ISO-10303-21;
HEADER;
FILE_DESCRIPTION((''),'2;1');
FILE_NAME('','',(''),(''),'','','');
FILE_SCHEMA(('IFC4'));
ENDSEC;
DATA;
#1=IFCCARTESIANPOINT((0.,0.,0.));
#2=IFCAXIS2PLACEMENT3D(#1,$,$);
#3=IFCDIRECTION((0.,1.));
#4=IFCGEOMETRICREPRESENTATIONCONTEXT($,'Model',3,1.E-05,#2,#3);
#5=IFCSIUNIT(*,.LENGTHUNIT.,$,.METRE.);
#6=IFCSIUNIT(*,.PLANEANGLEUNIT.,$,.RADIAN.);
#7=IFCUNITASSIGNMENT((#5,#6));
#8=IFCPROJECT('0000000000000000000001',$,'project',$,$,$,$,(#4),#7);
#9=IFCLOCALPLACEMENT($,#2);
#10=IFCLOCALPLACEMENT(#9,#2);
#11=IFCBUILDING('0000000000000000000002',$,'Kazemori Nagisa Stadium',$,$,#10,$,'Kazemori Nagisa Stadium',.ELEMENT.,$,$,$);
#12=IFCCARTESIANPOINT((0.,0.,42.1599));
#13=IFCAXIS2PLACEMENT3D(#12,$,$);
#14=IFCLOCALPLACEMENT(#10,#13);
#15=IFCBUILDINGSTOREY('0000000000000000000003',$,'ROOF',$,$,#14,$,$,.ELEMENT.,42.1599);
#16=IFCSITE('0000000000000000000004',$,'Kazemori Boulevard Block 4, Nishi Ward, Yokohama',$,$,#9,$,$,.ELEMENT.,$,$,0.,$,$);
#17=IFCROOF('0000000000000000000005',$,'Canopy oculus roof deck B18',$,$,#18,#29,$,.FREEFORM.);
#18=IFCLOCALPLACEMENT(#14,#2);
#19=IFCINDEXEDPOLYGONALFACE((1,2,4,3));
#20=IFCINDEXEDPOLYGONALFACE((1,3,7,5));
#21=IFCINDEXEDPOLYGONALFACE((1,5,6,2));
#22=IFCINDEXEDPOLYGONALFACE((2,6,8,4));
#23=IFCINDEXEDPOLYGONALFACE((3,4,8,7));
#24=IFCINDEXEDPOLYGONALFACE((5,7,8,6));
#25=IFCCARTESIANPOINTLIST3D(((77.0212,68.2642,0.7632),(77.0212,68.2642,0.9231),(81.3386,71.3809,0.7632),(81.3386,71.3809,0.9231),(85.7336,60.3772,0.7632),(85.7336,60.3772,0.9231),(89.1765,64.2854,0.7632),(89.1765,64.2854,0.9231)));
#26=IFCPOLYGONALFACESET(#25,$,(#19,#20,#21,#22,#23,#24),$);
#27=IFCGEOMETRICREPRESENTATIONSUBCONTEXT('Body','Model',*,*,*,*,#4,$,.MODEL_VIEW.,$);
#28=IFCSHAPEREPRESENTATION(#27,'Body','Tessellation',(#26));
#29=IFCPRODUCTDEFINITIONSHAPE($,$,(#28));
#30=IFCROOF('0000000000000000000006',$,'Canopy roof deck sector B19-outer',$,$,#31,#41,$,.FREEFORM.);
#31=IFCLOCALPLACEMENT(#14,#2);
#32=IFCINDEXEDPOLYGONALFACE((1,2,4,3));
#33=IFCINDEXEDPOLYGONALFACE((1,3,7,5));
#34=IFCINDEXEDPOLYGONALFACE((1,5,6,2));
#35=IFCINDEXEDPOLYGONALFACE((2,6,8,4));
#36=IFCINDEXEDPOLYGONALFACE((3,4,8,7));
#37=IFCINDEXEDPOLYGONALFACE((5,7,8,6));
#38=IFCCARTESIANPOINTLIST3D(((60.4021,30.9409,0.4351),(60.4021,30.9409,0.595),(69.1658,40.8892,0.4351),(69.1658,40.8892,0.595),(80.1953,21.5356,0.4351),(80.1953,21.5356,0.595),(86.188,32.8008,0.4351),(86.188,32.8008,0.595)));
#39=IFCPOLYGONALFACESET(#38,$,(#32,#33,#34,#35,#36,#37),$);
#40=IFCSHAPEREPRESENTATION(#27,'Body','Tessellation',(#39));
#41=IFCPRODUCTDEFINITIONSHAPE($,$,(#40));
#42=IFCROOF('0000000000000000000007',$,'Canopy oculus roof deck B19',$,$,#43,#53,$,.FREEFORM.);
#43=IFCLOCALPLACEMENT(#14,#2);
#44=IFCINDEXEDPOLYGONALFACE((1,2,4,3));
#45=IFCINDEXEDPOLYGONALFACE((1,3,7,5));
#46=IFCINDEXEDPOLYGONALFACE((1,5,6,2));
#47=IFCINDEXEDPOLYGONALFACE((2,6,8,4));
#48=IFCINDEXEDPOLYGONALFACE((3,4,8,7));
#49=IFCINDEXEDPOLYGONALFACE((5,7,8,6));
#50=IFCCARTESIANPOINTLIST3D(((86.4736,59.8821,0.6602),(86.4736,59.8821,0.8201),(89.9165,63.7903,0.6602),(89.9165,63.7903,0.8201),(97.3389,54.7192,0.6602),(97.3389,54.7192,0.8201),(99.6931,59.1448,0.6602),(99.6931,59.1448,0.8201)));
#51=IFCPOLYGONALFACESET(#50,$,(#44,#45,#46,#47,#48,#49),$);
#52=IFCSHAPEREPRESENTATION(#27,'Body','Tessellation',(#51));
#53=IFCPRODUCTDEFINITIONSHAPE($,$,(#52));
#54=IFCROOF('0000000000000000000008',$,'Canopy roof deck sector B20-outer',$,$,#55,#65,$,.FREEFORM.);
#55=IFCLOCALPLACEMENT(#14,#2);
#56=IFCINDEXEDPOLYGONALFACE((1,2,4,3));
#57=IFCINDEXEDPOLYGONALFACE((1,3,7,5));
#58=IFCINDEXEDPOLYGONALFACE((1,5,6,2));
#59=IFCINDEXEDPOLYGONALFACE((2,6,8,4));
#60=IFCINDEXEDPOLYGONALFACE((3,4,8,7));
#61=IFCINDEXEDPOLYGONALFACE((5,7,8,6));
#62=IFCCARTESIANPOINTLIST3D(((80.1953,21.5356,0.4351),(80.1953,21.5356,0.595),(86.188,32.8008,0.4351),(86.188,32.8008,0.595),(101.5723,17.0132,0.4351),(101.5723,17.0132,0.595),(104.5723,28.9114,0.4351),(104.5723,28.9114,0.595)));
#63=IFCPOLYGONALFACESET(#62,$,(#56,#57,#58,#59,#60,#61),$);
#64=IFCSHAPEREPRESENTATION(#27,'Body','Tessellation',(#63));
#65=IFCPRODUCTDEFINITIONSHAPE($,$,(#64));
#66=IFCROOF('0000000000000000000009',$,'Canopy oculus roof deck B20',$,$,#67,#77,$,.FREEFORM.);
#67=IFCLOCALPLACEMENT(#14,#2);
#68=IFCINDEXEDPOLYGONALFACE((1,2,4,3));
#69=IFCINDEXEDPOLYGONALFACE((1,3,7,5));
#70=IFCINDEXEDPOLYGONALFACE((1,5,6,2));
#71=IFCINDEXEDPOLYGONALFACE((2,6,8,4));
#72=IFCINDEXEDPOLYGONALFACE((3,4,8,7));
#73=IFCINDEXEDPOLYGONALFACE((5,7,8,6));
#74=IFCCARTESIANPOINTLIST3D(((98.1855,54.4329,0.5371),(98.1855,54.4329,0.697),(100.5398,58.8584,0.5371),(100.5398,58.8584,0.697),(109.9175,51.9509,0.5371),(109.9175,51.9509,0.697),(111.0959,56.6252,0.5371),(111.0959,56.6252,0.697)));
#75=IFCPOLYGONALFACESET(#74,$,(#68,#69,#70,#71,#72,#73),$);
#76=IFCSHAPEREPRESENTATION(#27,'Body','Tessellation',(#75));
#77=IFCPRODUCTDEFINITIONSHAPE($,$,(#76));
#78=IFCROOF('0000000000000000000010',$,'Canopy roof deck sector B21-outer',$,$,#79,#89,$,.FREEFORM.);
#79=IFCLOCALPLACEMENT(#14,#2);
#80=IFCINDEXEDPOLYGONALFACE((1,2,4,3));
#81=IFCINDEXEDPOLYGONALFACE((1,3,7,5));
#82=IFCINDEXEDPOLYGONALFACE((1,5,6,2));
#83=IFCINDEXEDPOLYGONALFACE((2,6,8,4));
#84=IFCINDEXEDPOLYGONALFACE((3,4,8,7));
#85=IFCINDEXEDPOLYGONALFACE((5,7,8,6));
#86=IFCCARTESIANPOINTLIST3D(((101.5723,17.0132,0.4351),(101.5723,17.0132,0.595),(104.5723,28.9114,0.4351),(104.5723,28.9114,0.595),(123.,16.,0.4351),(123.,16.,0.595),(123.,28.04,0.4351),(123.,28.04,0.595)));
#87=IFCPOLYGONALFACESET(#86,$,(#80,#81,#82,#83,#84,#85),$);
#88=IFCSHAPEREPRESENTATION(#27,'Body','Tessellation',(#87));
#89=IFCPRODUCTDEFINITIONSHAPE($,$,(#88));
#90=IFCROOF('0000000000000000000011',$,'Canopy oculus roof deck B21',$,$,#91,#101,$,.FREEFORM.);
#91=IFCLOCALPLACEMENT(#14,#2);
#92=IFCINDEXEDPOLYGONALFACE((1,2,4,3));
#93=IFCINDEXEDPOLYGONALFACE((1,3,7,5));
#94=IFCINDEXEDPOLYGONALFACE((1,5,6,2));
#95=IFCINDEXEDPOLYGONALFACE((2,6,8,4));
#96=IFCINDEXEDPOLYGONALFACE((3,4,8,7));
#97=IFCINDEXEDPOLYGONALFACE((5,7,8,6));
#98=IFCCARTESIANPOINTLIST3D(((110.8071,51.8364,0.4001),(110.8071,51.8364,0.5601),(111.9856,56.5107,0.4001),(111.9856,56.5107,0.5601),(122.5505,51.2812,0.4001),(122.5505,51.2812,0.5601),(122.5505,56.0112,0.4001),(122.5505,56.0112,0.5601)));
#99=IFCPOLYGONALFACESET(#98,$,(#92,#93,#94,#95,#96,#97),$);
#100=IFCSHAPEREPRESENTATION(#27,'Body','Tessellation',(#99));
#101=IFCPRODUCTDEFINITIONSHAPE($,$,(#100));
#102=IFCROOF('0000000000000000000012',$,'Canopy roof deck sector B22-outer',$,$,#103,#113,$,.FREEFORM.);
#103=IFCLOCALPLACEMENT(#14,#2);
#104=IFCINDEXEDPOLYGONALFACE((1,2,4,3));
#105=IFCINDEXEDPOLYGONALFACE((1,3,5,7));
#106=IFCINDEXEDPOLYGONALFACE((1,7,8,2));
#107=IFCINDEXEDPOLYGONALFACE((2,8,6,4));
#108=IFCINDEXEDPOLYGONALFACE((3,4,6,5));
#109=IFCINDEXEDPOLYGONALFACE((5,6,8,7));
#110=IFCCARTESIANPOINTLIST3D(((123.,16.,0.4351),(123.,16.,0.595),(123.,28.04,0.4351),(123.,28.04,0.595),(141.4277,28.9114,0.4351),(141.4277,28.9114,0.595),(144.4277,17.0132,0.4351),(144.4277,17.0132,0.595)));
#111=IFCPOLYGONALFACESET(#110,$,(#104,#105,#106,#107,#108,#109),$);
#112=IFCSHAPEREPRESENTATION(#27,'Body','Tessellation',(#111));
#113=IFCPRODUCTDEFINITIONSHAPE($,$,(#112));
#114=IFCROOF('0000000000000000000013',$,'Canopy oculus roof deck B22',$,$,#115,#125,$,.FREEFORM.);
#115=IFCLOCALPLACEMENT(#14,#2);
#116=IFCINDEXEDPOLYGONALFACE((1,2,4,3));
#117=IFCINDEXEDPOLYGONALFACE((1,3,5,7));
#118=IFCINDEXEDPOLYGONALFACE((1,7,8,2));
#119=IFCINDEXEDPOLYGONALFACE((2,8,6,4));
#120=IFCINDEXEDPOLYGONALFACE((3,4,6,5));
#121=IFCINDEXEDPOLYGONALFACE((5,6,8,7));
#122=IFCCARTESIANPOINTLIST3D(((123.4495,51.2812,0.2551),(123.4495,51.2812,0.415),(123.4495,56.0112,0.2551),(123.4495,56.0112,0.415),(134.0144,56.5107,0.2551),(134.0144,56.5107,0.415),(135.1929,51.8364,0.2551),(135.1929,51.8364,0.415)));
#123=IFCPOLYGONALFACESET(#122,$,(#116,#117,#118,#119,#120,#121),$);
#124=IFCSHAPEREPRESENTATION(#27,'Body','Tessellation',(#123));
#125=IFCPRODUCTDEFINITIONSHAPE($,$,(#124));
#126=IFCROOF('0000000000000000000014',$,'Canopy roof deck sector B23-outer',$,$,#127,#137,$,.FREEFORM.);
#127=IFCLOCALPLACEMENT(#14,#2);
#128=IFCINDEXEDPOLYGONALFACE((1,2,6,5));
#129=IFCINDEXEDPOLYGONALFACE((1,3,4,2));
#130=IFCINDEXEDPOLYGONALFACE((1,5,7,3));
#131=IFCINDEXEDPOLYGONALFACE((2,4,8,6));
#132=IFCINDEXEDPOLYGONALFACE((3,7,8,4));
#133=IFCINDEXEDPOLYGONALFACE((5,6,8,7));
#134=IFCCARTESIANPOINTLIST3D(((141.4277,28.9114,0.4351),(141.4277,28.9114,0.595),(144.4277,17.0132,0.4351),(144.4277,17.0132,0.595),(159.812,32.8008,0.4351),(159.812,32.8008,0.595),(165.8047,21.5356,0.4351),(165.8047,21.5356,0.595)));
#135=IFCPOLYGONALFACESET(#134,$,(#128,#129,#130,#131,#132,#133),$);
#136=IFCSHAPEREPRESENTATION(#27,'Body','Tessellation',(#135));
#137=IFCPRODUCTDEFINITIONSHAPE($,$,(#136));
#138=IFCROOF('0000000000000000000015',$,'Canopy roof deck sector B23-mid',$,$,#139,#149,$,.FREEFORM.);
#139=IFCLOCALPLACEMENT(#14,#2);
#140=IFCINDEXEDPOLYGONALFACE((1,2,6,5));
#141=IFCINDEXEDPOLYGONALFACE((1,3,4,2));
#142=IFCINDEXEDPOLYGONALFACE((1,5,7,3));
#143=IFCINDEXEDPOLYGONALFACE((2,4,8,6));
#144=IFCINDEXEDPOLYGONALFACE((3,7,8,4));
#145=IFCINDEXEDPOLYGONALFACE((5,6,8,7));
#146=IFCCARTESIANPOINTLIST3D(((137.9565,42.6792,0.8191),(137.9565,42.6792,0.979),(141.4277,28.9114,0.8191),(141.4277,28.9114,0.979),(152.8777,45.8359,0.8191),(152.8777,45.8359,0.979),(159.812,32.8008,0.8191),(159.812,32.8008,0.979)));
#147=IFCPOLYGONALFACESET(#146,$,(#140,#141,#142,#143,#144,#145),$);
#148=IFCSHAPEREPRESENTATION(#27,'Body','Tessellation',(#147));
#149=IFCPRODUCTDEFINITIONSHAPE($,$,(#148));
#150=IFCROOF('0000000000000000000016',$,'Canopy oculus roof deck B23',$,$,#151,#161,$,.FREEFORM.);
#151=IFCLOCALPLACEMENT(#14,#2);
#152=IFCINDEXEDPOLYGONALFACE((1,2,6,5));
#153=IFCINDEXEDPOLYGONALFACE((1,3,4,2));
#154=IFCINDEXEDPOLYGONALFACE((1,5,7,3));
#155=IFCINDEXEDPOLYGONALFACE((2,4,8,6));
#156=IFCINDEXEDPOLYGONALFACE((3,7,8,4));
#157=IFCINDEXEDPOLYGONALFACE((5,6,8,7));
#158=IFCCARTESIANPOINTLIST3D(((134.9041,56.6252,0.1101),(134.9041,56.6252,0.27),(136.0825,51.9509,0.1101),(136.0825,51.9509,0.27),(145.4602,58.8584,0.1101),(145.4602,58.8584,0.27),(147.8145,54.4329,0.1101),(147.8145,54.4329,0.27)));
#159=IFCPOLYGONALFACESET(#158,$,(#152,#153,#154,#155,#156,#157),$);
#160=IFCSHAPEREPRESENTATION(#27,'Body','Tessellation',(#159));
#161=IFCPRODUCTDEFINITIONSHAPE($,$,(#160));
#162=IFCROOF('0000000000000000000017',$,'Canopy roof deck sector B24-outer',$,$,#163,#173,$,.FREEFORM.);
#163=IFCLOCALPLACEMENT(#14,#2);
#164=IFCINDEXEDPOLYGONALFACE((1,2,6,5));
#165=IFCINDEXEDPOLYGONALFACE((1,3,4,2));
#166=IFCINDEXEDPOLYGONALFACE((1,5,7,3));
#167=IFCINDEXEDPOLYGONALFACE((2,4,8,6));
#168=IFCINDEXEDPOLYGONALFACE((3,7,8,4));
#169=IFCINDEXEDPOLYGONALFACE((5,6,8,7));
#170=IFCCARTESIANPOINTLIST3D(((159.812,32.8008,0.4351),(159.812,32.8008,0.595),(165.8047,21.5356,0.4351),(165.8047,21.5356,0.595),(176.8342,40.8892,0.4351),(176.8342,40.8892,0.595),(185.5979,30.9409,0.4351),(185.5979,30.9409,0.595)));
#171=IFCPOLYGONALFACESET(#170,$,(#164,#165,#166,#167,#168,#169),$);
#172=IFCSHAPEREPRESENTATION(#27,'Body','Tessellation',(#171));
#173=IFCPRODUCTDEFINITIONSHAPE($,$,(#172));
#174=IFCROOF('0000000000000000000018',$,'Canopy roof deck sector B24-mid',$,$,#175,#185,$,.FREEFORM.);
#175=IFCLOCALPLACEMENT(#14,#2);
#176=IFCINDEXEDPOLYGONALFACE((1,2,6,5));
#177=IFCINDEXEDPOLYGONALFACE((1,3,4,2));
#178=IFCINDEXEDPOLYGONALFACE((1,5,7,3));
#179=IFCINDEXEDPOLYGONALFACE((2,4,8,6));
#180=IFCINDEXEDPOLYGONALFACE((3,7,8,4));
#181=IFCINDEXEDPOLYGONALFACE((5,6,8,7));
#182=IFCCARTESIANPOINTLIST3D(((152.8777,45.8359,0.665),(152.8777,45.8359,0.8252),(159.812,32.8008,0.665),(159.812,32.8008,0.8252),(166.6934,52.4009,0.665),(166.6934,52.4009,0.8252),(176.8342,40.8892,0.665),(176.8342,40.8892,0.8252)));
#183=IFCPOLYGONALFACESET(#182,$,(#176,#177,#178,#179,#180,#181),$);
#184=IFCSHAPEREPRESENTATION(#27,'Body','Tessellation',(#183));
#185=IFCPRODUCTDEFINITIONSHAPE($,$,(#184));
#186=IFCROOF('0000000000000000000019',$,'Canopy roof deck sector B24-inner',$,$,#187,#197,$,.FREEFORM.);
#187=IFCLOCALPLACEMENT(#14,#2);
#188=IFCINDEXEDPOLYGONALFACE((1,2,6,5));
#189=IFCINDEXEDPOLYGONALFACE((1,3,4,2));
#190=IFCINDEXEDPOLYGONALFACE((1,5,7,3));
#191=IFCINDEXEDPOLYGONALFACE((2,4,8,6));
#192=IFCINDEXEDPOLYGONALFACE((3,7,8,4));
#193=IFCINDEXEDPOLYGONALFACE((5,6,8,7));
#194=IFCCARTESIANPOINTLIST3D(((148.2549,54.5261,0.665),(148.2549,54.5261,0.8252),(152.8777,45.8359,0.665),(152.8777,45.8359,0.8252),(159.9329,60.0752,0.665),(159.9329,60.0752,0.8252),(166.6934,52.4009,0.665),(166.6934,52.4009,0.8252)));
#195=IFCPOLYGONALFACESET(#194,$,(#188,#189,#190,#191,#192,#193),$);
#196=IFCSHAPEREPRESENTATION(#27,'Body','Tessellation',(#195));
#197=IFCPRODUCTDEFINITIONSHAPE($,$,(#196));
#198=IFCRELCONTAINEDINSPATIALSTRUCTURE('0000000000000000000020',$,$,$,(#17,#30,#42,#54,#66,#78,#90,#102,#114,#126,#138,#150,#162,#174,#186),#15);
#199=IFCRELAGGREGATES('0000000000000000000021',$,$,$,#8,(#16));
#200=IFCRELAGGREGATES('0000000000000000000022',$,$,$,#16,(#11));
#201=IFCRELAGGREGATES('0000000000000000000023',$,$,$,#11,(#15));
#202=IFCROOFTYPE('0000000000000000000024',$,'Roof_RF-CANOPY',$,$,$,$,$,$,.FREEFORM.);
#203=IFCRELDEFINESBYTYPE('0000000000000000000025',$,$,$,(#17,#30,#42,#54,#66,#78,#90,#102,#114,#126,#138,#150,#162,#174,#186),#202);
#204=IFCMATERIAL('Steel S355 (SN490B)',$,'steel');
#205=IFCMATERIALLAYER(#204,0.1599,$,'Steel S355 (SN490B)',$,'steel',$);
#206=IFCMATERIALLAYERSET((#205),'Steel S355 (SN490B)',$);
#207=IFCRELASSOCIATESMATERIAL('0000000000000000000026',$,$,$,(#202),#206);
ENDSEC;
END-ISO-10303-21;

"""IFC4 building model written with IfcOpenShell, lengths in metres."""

from ifc_helpers import new_model, si_unit, direction, frame, origin, place, context, subcontext, project, spatial, polyline, outline, extrude, material, layer, layer_set, type_object, element, save


model = new_model("IFC4")

# Units and contexts
model_context = context("Model", 3, precision=1e-05, world=origin(), true_north=direction((0.0, 1.0)))
body_context = subcontext(model_context, "Body", "Model", "MODEL_VIEW")
ifc_project = project(units=[si_unit("LENGTHUNIT", "METRE"), si_unit("PLANEANGLEUNIT", "RADIAN")], contexts=[model_context])

# Site, building, storey
site_placement = place(None, origin())
site = spatial("IfcSite", under=ifc_project, at=site_placement, Name="Kazemori Boulevard Block 4, Nishi Ward, Yokohama", CompositionType="ELEMENT", RefElevation=0.0)
building_placement = place(site_placement, origin())
building = spatial("IfcBuilding", under=site, at=building_placement, Name="Kazemori Nagisa Stadium", LongName="Kazemori Nagisa Stadium", CompositionType="ELEMENT")
storey_placement = place(building_placement, frame((0.0, 0.0, 42.1599)))
storey = spatial("IfcBuildingStorey", under=building, at=storey_placement, Name="ROOF", CompositionType="ELEMENT", Elevation=42.1599)

# Roofs
ifc_material_1 = material(Name="Steel S355 (SN490B)", Category="steel")
ifc_layer_1 = layer(ifc_material_1, 0.1599, Name="Steel S355 (SN490B)", Category="steel")
ifc_layer_set_1 = layer_set([ifc_layer_1], Name="Steel S355 (SN490B)")
roof_type = type_object("IfcRoofType", Name="Roof_RF-CANOPY", PredefinedType="FREEFORM", material=ifc_layer_set_1)
roof_1_placement = place(storey_placement, frame((0.0, 0.0, 0.7632)))
element("IfcRoof", 1, at=roof_1_placement, inside=storey, type_object=roof_type, Name="Canopy oculus roof deck B18", PredefinedType="FREEFORM", context=body_context, shape_type="SweptSolid", body=[
    extrude(outline(polyline([(81.3386, 71.3809), (89.1765, 64.2854), (85.7336, 60.3772), (77.0212, 68.2642), (81.3386, 71.3809)])), origin(), (0.0, 0.0, 1.0), 0.1599),
])
roof_2_placement = place(storey_placement, frame((0.0, 0.0, 0.4351)))
element("IfcRoof", 2, at=roof_2_placement, inside=storey, type_object=roof_type, Name="Canopy roof deck sector B19-outer", PredefinedType="FREEFORM", context=body_context, shape_type="SweptSolid", body=[
    extrude(outline(polyline([(60.4021, 30.9409), (80.1953, 21.5356), (86.188, 32.8008), (69.1658, 40.8892), (60.4021, 30.9409)])), origin(), (0.0, 0.0, 1.0), 0.1599),
])
roof_3_placement = place(storey_placement, frame((0.0, 0.0, 0.6602)))
element("IfcRoof", 3, at=roof_3_placement, inside=storey, type_object=roof_type, Name="Canopy oculus roof deck B19", PredefinedType="FREEFORM", context=body_context, shape_type="SweptSolid", body=[
    extrude(outline(polyline([(89.9165, 63.7903), (99.6931, 59.1448), (97.3389, 54.7192), (86.4736, 59.8821), (89.9165, 63.7903)])), origin(), (0.0, 0.0, 1.0), 0.1599),
])
roof_4_placement = place(storey_placement, frame((0.0, 0.0, 0.4351)))
element("IfcRoof", 4, at=roof_4_placement, inside=storey, type_object=roof_type, Name="Canopy roof deck sector B20-outer", PredefinedType="FREEFORM", context=body_context, shape_type="SweptSolid", body=[
    extrude(outline(polyline([(80.1953, 21.5356), (101.5723, 17.0132), (104.5723, 28.9114), (86.188, 32.8008), (80.1953, 21.5356)])), origin(), (0.0, 0.0, 1.0), 0.1599),
])
roof_5_placement = place(storey_placement, frame((0.0, 0.0, 0.5371)))
element("IfcRoof", 5, at=roof_5_placement, inside=storey, type_object=roof_type, Name="Canopy oculus roof deck B20", PredefinedType="FREEFORM", context=body_context, shape_type="SweptSolid", body=[
    extrude(outline(polyline([(100.5398, 58.8584), (111.0959, 56.6252), (109.9175, 51.9509), (98.1855, 54.4329), (100.5398, 58.8584)])), origin(), (0.0, 0.0, 1.0), 0.1599),
])
roof_6_placement = place(storey_placement, frame((0.0, 0.0, 0.4351)))
element("IfcRoof", 6, at=roof_6_placement, inside=storey, type_object=roof_type, Name="Canopy roof deck sector B21-outer", PredefinedType="FREEFORM", context=body_context, shape_type="SweptSolid", body=[
    extrude(outline(polyline([(101.5723, 17.0132), (123.0, 16.0), (123.0, 28.04), (104.5723, 28.9114), (101.5723, 17.0132)])), origin(), (0.0, 0.0, 1.0), 0.1599),
])
roof_7_placement = place(storey_placement, frame((0.0, 0.0, 0.4001)))
element("IfcRoof", 7, at=roof_7_placement, inside=storey, type_object=roof_type, Name="Canopy oculus roof deck B21", PredefinedType="FREEFORM", context=body_context, shape_type="SweptSolid", body=[
    extrude(outline(polyline([(111.9856, 56.5107), (122.5505, 56.0112), (122.5505, 51.2812), (110.8071, 51.8364), (111.9856, 56.5107)])), origin(), (0.0, 0.0, 1.0), 0.1599),
])
roof_8_placement = place(storey_placement, frame((0.0, 0.0, 0.4351)))
element("IfcRoof", 8, at=roof_8_placement, inside=storey, type_object=roof_type, Name="Canopy roof deck sector B22-outer", PredefinedType="FREEFORM", context=body_context, shape_type="SweptSolid", body=[
    extrude(outline(polyline([(123.0, 16.0), (144.4277, 17.0132), (141.4277, 28.9114), (123.0, 28.04), (123.0, 16.0)])), origin(), (0.0, 0.0, 1.0), 0.1599),
])
roof_9_placement = place(storey_placement, frame((0.0, 0.0, 0.2551)))
element("IfcRoof", 9, at=roof_9_placement, inside=storey, type_object=roof_type, Name="Canopy oculus roof deck B22", PredefinedType="FREEFORM", context=body_context, shape_type="SweptSolid", body=[
    extrude(outline(polyline([(123.4495, 56.0112), (134.0144, 56.5107), (135.1929, 51.8364), (123.4495, 51.2812), (123.4495, 56.0112)])), origin(), (0.0, 0.0, 1.0), 0.1599),
])
roof_10_placement = place(storey_placement, frame((0.0, 0.0, 0.4351)))
element("IfcRoof", 10, at=roof_10_placement, inside=storey, type_object=roof_type, Name="Canopy roof deck sector B23-outer", PredefinedType="FREEFORM", context=body_context, shape_type="SweptSolid", body=[
    extrude(outline(polyline([(144.4277, 17.0132), (165.8047, 21.5356), (159.812, 32.8008), (141.4277, 28.9114), (144.4277, 17.0132)])), origin(), (0.0, 0.0, 1.0), 0.1599),
])
roof_11_placement = place(storey_placement, frame((0.0, 0.0, 0.8191)))
element("IfcRoof", 11, at=roof_11_placement, inside=storey, type_object=roof_type, Name="Canopy roof deck sector B23-mid", PredefinedType="FREEFORM", context=body_context, shape_type="SweptSolid", body=[
    extrude(outline(polyline([(141.4277, 28.9114), (159.812, 32.8008), (152.8777, 45.8359), (137.9565, 42.6792), (141.4277, 28.9114)])), origin(), (0.0, 0.0, 1.0), 0.1599),
])
roof_12_placement = place(storey_placement, frame((0.0, 0.0, 0.1101)))
element("IfcRoof", 12, at=roof_12_placement, inside=storey, type_object=roof_type, Name="Canopy oculus roof deck B23", PredefinedType="FREEFORM", context=body_context, shape_type="SweptSolid", body=[
    extrude(outline(polyline([(134.9041, 56.6252), (145.4602, 58.8584), (147.8145, 54.4329), (136.0825, 51.9509), (134.9041, 56.6252)])), origin(), (0.0, 0.0, 1.0), 0.1599),
])
roof_13_placement = place(storey_placement, frame((0.0, 0.0, 0.4351)))
element("IfcRoof", 13, at=roof_13_placement, inside=storey, type_object=roof_type, Name="Canopy roof deck sector B24-outer", PredefinedType="FREEFORM", context=body_context, shape_type="SweptSolid", body=[
    extrude(outline(polyline([(165.8047, 21.5356), (185.5979, 30.9409), (176.8342, 40.8892), (159.812, 32.8008), (165.8047, 21.5356)])), origin(), (0.0, 0.0, 1.0), 0.1599),
])
roof_14_placement = place(storey_placement, frame((0.0, 0.0, 0.665)))
element("IfcRoof", 14, at=roof_14_placement, inside=storey, type_object=roof_type, Name="Canopy roof deck sector B24-mid", PredefinedType="FREEFORM", context=body_context, shape_type="SweptSolid", body=[
    extrude(outline(polyline([(159.812, 32.8008), (176.8342, 40.8892), (166.6934, 52.4009), (152.8777, 45.8359), (159.812, 32.8008)])), origin(), (0.0, 0.0, 1.0), 0.1602),
])
roof_15_placement = place(storey_placement, frame((0.0, 0.0, 0.665)))
element("IfcRoof", 15, at=roof_15_placement, inside=storey, type_object=roof_type, Name="Canopy roof deck sector B24-inner", PredefinedType="FREEFORM", context=body_context, shape_type="SweptSolid", body=[
    extrude(outline(polyline([(152.8777, 45.8359), (166.6934, 52.4009), (159.9329, 60.0752), (148.2549, 54.5261), (152.8777, 45.8359)])), origin(), (0.0, 0.0, 1.0), 0.1602),
])

save(model, "model.ifc")
